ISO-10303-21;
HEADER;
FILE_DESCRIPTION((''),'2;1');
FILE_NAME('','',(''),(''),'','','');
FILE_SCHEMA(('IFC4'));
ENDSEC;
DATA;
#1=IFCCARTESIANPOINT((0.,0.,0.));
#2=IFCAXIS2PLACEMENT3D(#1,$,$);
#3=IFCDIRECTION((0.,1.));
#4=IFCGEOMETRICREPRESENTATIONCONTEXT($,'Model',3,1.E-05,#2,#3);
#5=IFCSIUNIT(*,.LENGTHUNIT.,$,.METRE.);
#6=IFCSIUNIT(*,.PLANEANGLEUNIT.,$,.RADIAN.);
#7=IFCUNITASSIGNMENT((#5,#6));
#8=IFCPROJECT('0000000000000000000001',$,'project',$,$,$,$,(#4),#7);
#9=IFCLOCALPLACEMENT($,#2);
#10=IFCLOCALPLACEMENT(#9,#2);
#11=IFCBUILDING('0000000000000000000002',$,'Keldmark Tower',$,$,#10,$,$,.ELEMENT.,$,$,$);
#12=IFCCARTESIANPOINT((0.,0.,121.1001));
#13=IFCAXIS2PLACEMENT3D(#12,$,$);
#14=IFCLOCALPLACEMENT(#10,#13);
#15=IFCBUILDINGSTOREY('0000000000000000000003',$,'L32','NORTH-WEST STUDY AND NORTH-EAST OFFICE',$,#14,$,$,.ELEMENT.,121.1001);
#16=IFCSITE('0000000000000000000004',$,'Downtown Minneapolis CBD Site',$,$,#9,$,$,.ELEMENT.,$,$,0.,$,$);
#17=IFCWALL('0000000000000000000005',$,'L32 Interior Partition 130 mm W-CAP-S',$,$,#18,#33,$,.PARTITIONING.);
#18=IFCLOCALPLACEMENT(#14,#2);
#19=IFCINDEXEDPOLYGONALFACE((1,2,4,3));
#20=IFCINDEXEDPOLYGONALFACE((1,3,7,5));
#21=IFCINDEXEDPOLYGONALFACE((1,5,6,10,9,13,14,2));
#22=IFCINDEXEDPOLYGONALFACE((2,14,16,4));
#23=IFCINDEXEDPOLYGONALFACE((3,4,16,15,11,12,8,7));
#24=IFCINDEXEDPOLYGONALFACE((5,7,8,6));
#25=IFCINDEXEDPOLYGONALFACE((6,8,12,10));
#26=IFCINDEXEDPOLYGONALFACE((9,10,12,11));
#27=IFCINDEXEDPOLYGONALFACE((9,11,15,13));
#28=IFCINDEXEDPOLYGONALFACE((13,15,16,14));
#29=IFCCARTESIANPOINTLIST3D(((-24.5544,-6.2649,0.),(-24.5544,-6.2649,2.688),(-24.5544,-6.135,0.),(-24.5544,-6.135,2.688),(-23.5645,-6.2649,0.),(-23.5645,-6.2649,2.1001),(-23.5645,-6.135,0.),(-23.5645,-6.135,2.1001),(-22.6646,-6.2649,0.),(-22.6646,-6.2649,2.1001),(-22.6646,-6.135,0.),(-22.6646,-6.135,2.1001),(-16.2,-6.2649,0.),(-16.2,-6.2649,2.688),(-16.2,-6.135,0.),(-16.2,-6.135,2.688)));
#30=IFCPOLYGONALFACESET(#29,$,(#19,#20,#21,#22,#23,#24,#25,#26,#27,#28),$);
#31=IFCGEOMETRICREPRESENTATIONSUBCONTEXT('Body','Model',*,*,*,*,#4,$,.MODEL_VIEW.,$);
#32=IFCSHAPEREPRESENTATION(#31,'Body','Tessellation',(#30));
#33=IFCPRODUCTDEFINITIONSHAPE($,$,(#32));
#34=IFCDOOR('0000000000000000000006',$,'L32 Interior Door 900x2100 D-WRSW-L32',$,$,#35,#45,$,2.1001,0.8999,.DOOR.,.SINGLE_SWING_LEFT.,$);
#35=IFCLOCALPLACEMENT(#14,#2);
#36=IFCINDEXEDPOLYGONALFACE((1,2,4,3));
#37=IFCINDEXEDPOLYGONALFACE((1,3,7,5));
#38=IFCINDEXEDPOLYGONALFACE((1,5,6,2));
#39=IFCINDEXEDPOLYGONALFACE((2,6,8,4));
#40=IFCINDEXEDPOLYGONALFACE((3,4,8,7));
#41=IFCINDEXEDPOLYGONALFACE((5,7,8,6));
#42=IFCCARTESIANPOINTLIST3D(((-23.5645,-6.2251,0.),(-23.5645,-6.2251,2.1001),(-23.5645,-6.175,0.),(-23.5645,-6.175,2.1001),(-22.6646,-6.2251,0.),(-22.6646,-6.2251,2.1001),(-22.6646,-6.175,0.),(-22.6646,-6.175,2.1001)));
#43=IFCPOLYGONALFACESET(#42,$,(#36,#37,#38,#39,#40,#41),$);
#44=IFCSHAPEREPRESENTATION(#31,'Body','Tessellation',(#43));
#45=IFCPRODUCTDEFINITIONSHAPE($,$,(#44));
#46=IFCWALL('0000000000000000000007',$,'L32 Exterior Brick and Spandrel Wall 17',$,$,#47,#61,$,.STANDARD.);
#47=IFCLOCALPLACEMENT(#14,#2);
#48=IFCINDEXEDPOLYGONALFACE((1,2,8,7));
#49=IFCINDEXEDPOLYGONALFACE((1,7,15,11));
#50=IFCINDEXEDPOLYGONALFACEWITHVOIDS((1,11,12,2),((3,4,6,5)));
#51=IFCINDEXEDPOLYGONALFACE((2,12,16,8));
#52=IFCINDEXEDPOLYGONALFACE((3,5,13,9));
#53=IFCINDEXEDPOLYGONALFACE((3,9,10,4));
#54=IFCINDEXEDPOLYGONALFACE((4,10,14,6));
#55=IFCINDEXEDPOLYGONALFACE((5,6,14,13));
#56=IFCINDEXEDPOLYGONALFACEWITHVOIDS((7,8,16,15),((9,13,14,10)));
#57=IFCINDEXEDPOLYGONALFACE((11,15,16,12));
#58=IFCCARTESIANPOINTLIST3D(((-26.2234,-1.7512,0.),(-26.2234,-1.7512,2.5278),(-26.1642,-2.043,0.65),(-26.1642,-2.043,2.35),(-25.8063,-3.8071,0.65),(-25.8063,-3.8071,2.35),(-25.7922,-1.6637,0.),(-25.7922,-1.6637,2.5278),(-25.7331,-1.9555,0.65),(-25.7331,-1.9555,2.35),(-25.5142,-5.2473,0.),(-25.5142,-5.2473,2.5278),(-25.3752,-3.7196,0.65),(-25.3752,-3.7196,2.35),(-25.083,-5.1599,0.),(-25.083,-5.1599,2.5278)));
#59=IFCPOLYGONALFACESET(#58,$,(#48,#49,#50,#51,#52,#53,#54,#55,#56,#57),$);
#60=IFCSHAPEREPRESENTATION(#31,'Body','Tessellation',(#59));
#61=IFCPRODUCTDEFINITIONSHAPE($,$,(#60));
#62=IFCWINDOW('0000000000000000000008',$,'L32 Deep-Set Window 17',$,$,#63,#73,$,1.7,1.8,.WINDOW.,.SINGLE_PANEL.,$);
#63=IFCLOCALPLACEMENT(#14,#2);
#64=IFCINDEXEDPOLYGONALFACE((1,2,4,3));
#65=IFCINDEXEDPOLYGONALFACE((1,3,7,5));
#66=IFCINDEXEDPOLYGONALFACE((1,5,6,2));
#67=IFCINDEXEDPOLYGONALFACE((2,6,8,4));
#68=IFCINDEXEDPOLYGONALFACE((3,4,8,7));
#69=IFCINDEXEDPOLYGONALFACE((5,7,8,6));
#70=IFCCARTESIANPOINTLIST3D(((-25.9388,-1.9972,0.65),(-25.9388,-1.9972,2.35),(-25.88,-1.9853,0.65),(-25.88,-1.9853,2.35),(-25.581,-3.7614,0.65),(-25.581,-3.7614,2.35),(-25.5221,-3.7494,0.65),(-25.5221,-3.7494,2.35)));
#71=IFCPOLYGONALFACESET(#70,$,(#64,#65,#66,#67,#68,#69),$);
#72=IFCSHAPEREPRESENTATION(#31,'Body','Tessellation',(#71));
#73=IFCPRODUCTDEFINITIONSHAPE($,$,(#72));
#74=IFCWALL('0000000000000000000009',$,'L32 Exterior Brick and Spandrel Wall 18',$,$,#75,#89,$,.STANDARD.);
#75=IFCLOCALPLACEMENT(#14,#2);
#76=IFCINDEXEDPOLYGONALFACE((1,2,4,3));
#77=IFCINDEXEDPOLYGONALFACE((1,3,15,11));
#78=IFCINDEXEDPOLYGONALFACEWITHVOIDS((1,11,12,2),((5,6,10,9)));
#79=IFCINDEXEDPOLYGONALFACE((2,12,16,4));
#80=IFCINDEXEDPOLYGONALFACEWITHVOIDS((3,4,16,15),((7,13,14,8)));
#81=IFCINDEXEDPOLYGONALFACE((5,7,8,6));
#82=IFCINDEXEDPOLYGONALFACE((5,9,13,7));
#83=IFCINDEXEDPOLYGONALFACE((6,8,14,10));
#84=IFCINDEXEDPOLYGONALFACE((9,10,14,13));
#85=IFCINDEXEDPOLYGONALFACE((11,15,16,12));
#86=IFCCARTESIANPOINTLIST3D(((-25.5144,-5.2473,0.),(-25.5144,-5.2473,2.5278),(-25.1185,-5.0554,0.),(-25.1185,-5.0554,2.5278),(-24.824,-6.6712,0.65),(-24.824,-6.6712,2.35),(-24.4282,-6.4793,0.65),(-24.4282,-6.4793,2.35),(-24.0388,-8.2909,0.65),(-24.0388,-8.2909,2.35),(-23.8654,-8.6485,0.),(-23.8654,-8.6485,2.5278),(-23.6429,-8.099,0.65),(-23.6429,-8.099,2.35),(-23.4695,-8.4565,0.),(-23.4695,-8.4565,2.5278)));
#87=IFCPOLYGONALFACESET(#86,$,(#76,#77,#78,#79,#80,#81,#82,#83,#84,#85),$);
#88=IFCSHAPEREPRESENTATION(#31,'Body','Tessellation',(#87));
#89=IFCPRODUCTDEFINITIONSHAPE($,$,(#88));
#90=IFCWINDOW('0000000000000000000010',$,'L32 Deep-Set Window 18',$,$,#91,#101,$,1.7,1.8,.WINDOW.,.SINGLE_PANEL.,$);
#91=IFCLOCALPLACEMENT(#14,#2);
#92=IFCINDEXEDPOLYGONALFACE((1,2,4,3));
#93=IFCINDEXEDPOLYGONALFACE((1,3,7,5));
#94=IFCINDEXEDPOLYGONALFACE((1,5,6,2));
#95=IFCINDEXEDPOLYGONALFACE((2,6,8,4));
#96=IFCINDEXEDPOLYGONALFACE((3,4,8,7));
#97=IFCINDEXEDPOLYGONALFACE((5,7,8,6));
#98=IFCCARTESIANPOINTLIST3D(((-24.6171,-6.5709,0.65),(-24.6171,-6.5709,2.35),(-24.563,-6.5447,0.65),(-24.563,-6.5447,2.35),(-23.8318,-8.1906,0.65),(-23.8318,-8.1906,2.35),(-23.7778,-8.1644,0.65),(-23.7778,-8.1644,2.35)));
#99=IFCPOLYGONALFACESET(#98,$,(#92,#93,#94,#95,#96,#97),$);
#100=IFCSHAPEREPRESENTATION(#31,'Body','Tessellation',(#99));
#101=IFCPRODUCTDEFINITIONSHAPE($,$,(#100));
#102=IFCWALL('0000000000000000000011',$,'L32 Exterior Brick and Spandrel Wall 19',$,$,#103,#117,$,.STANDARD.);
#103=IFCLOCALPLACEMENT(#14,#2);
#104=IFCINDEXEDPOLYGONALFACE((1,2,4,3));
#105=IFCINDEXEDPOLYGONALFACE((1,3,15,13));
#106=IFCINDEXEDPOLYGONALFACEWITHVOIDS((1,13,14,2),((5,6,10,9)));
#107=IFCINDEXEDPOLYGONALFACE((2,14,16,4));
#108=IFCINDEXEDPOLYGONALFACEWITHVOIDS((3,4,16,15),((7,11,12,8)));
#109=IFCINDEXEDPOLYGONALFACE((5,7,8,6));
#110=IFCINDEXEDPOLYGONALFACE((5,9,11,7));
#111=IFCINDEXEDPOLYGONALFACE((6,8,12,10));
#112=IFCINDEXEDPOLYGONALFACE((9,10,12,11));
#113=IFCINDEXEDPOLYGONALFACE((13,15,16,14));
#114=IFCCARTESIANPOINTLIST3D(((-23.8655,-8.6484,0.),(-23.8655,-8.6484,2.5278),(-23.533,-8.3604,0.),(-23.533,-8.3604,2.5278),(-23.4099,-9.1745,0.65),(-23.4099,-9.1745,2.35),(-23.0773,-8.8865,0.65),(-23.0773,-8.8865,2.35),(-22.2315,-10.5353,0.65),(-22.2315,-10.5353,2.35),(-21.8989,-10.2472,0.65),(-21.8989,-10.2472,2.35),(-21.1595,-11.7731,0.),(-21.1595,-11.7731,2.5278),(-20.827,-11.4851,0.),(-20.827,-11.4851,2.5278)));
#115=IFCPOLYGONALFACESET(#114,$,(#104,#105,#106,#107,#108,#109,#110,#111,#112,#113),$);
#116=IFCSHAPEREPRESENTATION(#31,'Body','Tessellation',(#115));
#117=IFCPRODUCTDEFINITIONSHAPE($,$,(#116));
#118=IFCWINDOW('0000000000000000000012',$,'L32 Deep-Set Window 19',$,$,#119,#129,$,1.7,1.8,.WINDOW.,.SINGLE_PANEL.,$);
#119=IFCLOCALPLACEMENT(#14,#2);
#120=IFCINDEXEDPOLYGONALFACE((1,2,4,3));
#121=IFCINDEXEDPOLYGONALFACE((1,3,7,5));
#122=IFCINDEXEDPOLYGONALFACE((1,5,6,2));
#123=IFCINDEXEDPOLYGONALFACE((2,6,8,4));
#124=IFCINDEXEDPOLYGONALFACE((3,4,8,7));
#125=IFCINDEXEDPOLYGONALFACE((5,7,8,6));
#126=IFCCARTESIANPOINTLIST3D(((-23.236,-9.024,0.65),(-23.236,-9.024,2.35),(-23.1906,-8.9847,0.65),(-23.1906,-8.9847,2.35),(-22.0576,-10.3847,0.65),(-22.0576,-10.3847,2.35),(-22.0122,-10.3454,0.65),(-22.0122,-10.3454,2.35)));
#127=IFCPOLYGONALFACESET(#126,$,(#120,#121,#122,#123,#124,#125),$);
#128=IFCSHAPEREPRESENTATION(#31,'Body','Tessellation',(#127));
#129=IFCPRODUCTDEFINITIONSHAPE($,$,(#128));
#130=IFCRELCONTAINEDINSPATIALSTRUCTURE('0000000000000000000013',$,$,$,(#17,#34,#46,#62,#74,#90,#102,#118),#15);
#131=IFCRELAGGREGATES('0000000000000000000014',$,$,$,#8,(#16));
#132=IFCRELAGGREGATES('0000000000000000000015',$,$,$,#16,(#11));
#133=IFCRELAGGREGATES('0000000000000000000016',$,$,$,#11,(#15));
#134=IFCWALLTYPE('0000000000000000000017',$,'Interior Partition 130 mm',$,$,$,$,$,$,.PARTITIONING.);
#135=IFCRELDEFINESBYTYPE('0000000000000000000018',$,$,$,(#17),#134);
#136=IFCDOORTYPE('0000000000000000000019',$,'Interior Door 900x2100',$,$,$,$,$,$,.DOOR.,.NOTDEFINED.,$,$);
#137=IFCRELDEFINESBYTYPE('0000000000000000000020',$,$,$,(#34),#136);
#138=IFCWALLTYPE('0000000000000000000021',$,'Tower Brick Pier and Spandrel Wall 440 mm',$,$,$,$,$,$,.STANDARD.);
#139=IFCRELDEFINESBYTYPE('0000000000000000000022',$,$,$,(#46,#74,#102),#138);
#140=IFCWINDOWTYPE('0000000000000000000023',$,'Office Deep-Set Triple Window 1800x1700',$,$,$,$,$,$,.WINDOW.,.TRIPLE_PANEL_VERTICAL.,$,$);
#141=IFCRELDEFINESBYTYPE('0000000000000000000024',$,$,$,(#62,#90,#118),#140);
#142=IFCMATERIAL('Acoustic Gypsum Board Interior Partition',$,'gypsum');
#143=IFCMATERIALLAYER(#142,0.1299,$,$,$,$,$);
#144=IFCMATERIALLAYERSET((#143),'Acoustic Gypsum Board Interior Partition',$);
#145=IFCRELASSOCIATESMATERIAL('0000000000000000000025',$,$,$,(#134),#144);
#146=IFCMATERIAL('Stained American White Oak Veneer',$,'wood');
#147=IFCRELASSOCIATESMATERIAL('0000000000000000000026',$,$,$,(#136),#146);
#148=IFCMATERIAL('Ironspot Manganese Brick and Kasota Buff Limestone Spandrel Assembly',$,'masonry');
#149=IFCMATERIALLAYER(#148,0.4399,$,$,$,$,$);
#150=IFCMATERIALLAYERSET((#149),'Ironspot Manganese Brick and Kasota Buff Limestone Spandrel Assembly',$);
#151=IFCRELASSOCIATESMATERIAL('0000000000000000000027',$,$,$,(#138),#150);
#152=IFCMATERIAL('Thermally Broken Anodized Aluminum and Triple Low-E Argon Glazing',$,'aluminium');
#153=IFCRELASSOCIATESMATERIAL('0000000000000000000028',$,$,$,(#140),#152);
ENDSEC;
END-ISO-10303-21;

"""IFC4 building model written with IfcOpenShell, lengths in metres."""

from ifc_helpers import new_model, si_unit, direction, frame, frame_2d, origin, place, context, subcontext, project, spatial, rectangle, extrude, material, layer, layer_set, type_object, element, fill, save


model = new_model("IFC4")

# Units and contexts
model_context = context("Model", 3, precision=1e-05, world=origin(), true_north=direction((0.0, 1.0)))
body_context = subcontext(model_context, "Body", "Model", "MODEL_VIEW")
ifc_project = project(units=[si_unit("LENGTHUNIT", "METRE"), si_unit("PLANEANGLEUNIT", "RADIAN")], contexts=[model_context])

# Site, building, storey
site_placement = place(None, origin())
site = spatial("IfcSite", under=ifc_project, at=site_placement, Name="Downtown Minneapolis CBD Site", CompositionType="ELEMENT", RefElevation=0.0)
building_placement = place(site_placement, origin())
building = spatial("IfcBuilding", under=site, at=building_placement, Name="Keldmark Tower", CompositionType="ELEMENT")
storey_placement = place(building_placement, frame((0.0, 0.0, 121.1001)))
storey = spatial("IfcBuildingStorey", under=building, at=storey_placement, Name="L32", Description="NORTH-WEST STUDY AND NORTH-EAST OFFICE", CompositionType="ELEMENT", Elevation=121.1001)

# Wall, opening, door
ifc_material_1 = material(Name="Acoustic Gypsum Board Interior Partition", Category="gypsum")
ifc_layer_1 = layer(ifc_material_1, 0.1299)
ifc_layer_set_1 = layer_set([ifc_layer_1], Name="Acoustic Gypsum Board Interior Partition")
wall_type_1 = type_object("IfcWallType", Name="Interior Partition 130 mm", PredefinedType="PARTITIONING", material=ifc_layer_set_1)
wall_1_placement = place(storey_placement, frame((-24.5544, -6.2, 0.0), z_axis=(0.0, 0.0, 1.0), x_axis=(1.0, 0.0, 0.0)))
wall_1 = element("IfcWall", 1, at=wall_1_placement, inside=storey, type_object=wall_type_1, Name="L32 Interior Partition 130 mm W-CAP-S", PredefinedType="PARTITIONING", context=body_context, shape_type="SweptSolid", body=[
    extrude(rectangle(XDim=8.3545, YDim=0.1299, at=frame_2d((4.1772, 0.0))), origin(), (0.0, 0.0, 1.0), 2.688),
])
opening_1_placement = place(wall_1_placement, frame((0.99, 0.0, 0.0)))
opening_1 = element("IfcOpeningElement", 2, at=opening_1_placement, cuts=wall_1, PredefinedType="OPENING", context=body_context, shape_type="SweptSolid", body=[
    extrude(rectangle(XDim=0.8999, YDim=2.1001, at=frame_2d((0.45, 1.05))), frame((0.0, 0.075, 0.0), z_axis=(0.0, -1.0, 0.0), x_axis=(1.0, 0.0, 0.0)), (0.0, 0.0, 1.0), 0.1499),
])
ifc_material_2 = material(Name="Stained American White Oak Veneer", Category="wood")
door_type = type_object("IfcDoorType", Name="Interior Door 900x2100", OperationType="NOTDEFINED", PredefinedType="DOOR", material=ifc_material_2)
door_placement = place(opening_1_placement, origin())
door = element("IfcDoor", 3, at=door_placement, inside=storey, type_object=door_type, Name="L32 Interior Door 900x2100 D-WRSW-L32", OperationType="SINGLE_SWING_LEFT", OverallHeight=2.1001, OverallWidth=0.8999, PredefinedType="DOOR", context=body_context, shape_type="SweptSolid", body=[
    extrude(rectangle(XDim=0.8999, YDim=2.1001, at=frame_2d((0.45, 1.05))), frame((0.0, 0.0249, 0.0), z_axis=(0.0, -1.0, 0.0), x_axis=(1.0, 0.0, 0.0)), (0.0, 0.0, 1.0), 0.05),
])
fill(opening_1, door)

# Walls, openings, windows
ifc_material_3 = material(Name="Ironspot Manganese Brick and Kasota Buff Limestone Spandrel Assembly", Category="masonry")
ifc_layer_2 = layer(ifc_material_3, 0.4399)
ifc_layer_set_2 = layer_set([ifc_layer_2], Name="Ironspot Manganese Brick and Kasota Buff Limestone Spandrel Assembly")
wall_type_2 = type_object("IfcWallType", Name="Tower Brick Pier and Spandrel Wall 440 mm", PredefinedType="STANDARD", material=ifc_layer_set_2)
wall_2_placement = place(storey_placement, frame((-25.2986, -5.2036, 0.0), z_axis=(0.0, 0.0, 1.0), x_axis=(-0.198813, 0.980037, 0.0)))
wall_2 = element("IfcWall", 4, at=wall_2_placement, inside=storey, type_object=wall_type_2, Name="L32 Exterior Brick and Spandrel Wall 17", PredefinedType="STANDARD", context=body_context, shape_type="SweptSolid", body=[
    extrude(rectangle(XDim=3.5674, YDim=0.4399, at=frame_2d((1.7837, 0.0))), origin(), (0.0, 0.0, 1.0), 2.5278),
])
opening_2_placement = place(wall_2_placement, frame((1.4697, 0.0, 0.6499)))
opening_2 = element("IfcOpeningElement", 5, at=opening_2_placement, cuts=wall_2, PredefinedType="OPENING", context=body_context, shape_type="SweptSolid", body=[
    extrude(rectangle(XDim=1.8, YDim=1.7, at=frame_2d((0.8999, 0.8501))), frame((0.0, 0.23, 0.0), z_axis=(0.0, -1.0, 0.0), x_axis=(1.0, 0.0, 0.0)), (0.0, 0.0, 1.0), 0.46),
])
ifc_material_4 = material(Name="Thermally Broken Anodized Aluminum and Triple Low-E Argon Glazing", Category="aluminium")
window_type = type_object("IfcWindowType", Name="Office Deep-Set Triple Window 1800x1700", PartitioningType="TRIPLE_PANEL_VERTICAL", PredefinedType="WINDOW", material=ifc_material_4)
window_1_placement = place(opening_2_placement, origin())
window_1 = element("IfcWindow", 6, at=window_1_placement, inside=storey, type_object=window_type, Name="L32 Deep-Set Window 17", OverallHeight=1.7, OverallWidth=1.8, PartitioningType="SINGLE_PANEL", PredefinedType="WINDOW", context=body_context, shape_type="SweptSolid", body=[
    extrude(rectangle(XDim=1.8, YDim=1.7, at=frame_2d((0.8999, 0.8501))), frame((0.0, -0.01, 0.0), z_axis=(0.0, -1.0, 0.0), x_axis=(1.0, 0.0, 0.0)), (0.0, 0.0, 1.0), 0.0601),
])
fill(opening_2, window_1)
wall_3_placement = place(storey_placement, frame((-23.6675, -8.5525, 0.0), z_axis=(0.0, 0.0, 1.0), x_axis=(-0.436251, 0.899825, 0.0)))
wall_3 = element("IfcWall", 7, at=wall_3_placement, inside=storey, type_object=wall_type_2, Name="L32 Exterior Brick and Spandrel Wall 18", PredefinedType="STANDARD", context=body_context, shape_type="SweptSolid", body=[
    extrude(rectangle(XDim=3.7798, YDim=0.4399, at=frame_2d((1.8899, 0.0))), origin(), (0.0, 0.0, 1.0), 2.5278),
])
opening_3_placement = place(wall_3_placement, frame((0.3975, 0.0, 0.6499)))
opening_3 = element("IfcOpeningElement", 8, at=opening_3_placement, cuts=wall_3, PredefinedType="OPENING", context=body_context, shape_type="SweptSolid", body=[
    extrude(rectangle(XDim=1.8, YDim=1.7, at=frame_2d((0.8999, 0.8501))), frame((0.0, 0.23, 0.0), z_axis=(0.0, -1.0, 0.0), x_axis=(1.0, 0.0, 0.0)), (0.0, 0.0, 1.0), 0.46),
])
window_2_placement = place(opening_3_placement, origin())
window_2 = element("IfcWindow", 9, at=window_2_placement, inside=storey, type_object=window_type, Name="L32 Deep-Set Window 18", OverallHeight=1.7, OverallWidth=1.8, PartitioningType="SINGLE_PANEL", PredefinedType="WINDOW", context=body_context, shape_type="SweptSolid", body=[
    extrude(rectangle(XDim=1.8, YDim=1.7, at=frame_2d((0.8999, 0.8501))), frame((0.0, -0.01, 0.0), z_axis=(0.0, -1.0, 0.0), x_axis=(1.0, 0.0, 0.0)), (0.0, 0.0, 1.0), 0.0601),
])
fill(opening_3, window_2)
wall_4_placement = place(storey_placement, frame((-20.9932, -11.6292, 0.0), z_axis=(0.0, 0.0, 1.0), x_axis=(-0.654645, 0.755937, 0.0)))
wall_4 = element("IfcWall", 10, at=wall_4_placement, inside=storey, type_object=wall_type_2, Name="L32 Exterior Brick and Spandrel Wall 19", PredefinedType="STANDARD", context=body_context, shape_type="SweptSolid", body=[
    extrude(rectangle(XDim=4.1335, YDim=0.4399, at=frame_2d((2.0669, 0.0))), origin(), (0.0, 0.0, 1.0), 2.5278),
])
opening_4_placement = place(wall_4_placement, frame((1.6377, 0.0, 0.6499)))
opening_4 = element("IfcOpeningElement", 11, at=opening_4_placement, cuts=wall_4, PredefinedType="OPENING", context=body_context, shape_type="SweptSolid", body=[
    extrude(rectangle(XDim=1.8, YDim=1.7, at=frame_2d((0.8999, 0.8501))), frame((0.0, 0.23, 0.0), z_axis=(0.0, -1.0, 0.0), x_axis=(1.0, 0.0, 0.0)), (0.0, 0.0, 1.0), 0.46),
])
window_3_placement = place(opening_4_placement, origin())
window_3 = element("IfcWindow", 12, at=window_3_placement, inside=storey, type_object=window_type, Name="L32 Deep-Set Window 19", OverallHeight=1.7, OverallWidth=1.8, PartitioningType="SINGLE_PANEL", PredefinedType="WINDOW", context=body_context, shape_type="SweptSolid", body=[
    extrude(rectangle(XDim=1.8, YDim=1.7, at=frame_2d((0.8999, 0.8501))), frame((0.0, -0.01, 0.0), z_axis=(0.0, -1.0, 0.0), x_axis=(1.0, 0.0, 0.0)), (0.0, 0.0, 1.0), 0.0601),
])
fill(opening_4, window_3)

save(model, "model.ifc")
